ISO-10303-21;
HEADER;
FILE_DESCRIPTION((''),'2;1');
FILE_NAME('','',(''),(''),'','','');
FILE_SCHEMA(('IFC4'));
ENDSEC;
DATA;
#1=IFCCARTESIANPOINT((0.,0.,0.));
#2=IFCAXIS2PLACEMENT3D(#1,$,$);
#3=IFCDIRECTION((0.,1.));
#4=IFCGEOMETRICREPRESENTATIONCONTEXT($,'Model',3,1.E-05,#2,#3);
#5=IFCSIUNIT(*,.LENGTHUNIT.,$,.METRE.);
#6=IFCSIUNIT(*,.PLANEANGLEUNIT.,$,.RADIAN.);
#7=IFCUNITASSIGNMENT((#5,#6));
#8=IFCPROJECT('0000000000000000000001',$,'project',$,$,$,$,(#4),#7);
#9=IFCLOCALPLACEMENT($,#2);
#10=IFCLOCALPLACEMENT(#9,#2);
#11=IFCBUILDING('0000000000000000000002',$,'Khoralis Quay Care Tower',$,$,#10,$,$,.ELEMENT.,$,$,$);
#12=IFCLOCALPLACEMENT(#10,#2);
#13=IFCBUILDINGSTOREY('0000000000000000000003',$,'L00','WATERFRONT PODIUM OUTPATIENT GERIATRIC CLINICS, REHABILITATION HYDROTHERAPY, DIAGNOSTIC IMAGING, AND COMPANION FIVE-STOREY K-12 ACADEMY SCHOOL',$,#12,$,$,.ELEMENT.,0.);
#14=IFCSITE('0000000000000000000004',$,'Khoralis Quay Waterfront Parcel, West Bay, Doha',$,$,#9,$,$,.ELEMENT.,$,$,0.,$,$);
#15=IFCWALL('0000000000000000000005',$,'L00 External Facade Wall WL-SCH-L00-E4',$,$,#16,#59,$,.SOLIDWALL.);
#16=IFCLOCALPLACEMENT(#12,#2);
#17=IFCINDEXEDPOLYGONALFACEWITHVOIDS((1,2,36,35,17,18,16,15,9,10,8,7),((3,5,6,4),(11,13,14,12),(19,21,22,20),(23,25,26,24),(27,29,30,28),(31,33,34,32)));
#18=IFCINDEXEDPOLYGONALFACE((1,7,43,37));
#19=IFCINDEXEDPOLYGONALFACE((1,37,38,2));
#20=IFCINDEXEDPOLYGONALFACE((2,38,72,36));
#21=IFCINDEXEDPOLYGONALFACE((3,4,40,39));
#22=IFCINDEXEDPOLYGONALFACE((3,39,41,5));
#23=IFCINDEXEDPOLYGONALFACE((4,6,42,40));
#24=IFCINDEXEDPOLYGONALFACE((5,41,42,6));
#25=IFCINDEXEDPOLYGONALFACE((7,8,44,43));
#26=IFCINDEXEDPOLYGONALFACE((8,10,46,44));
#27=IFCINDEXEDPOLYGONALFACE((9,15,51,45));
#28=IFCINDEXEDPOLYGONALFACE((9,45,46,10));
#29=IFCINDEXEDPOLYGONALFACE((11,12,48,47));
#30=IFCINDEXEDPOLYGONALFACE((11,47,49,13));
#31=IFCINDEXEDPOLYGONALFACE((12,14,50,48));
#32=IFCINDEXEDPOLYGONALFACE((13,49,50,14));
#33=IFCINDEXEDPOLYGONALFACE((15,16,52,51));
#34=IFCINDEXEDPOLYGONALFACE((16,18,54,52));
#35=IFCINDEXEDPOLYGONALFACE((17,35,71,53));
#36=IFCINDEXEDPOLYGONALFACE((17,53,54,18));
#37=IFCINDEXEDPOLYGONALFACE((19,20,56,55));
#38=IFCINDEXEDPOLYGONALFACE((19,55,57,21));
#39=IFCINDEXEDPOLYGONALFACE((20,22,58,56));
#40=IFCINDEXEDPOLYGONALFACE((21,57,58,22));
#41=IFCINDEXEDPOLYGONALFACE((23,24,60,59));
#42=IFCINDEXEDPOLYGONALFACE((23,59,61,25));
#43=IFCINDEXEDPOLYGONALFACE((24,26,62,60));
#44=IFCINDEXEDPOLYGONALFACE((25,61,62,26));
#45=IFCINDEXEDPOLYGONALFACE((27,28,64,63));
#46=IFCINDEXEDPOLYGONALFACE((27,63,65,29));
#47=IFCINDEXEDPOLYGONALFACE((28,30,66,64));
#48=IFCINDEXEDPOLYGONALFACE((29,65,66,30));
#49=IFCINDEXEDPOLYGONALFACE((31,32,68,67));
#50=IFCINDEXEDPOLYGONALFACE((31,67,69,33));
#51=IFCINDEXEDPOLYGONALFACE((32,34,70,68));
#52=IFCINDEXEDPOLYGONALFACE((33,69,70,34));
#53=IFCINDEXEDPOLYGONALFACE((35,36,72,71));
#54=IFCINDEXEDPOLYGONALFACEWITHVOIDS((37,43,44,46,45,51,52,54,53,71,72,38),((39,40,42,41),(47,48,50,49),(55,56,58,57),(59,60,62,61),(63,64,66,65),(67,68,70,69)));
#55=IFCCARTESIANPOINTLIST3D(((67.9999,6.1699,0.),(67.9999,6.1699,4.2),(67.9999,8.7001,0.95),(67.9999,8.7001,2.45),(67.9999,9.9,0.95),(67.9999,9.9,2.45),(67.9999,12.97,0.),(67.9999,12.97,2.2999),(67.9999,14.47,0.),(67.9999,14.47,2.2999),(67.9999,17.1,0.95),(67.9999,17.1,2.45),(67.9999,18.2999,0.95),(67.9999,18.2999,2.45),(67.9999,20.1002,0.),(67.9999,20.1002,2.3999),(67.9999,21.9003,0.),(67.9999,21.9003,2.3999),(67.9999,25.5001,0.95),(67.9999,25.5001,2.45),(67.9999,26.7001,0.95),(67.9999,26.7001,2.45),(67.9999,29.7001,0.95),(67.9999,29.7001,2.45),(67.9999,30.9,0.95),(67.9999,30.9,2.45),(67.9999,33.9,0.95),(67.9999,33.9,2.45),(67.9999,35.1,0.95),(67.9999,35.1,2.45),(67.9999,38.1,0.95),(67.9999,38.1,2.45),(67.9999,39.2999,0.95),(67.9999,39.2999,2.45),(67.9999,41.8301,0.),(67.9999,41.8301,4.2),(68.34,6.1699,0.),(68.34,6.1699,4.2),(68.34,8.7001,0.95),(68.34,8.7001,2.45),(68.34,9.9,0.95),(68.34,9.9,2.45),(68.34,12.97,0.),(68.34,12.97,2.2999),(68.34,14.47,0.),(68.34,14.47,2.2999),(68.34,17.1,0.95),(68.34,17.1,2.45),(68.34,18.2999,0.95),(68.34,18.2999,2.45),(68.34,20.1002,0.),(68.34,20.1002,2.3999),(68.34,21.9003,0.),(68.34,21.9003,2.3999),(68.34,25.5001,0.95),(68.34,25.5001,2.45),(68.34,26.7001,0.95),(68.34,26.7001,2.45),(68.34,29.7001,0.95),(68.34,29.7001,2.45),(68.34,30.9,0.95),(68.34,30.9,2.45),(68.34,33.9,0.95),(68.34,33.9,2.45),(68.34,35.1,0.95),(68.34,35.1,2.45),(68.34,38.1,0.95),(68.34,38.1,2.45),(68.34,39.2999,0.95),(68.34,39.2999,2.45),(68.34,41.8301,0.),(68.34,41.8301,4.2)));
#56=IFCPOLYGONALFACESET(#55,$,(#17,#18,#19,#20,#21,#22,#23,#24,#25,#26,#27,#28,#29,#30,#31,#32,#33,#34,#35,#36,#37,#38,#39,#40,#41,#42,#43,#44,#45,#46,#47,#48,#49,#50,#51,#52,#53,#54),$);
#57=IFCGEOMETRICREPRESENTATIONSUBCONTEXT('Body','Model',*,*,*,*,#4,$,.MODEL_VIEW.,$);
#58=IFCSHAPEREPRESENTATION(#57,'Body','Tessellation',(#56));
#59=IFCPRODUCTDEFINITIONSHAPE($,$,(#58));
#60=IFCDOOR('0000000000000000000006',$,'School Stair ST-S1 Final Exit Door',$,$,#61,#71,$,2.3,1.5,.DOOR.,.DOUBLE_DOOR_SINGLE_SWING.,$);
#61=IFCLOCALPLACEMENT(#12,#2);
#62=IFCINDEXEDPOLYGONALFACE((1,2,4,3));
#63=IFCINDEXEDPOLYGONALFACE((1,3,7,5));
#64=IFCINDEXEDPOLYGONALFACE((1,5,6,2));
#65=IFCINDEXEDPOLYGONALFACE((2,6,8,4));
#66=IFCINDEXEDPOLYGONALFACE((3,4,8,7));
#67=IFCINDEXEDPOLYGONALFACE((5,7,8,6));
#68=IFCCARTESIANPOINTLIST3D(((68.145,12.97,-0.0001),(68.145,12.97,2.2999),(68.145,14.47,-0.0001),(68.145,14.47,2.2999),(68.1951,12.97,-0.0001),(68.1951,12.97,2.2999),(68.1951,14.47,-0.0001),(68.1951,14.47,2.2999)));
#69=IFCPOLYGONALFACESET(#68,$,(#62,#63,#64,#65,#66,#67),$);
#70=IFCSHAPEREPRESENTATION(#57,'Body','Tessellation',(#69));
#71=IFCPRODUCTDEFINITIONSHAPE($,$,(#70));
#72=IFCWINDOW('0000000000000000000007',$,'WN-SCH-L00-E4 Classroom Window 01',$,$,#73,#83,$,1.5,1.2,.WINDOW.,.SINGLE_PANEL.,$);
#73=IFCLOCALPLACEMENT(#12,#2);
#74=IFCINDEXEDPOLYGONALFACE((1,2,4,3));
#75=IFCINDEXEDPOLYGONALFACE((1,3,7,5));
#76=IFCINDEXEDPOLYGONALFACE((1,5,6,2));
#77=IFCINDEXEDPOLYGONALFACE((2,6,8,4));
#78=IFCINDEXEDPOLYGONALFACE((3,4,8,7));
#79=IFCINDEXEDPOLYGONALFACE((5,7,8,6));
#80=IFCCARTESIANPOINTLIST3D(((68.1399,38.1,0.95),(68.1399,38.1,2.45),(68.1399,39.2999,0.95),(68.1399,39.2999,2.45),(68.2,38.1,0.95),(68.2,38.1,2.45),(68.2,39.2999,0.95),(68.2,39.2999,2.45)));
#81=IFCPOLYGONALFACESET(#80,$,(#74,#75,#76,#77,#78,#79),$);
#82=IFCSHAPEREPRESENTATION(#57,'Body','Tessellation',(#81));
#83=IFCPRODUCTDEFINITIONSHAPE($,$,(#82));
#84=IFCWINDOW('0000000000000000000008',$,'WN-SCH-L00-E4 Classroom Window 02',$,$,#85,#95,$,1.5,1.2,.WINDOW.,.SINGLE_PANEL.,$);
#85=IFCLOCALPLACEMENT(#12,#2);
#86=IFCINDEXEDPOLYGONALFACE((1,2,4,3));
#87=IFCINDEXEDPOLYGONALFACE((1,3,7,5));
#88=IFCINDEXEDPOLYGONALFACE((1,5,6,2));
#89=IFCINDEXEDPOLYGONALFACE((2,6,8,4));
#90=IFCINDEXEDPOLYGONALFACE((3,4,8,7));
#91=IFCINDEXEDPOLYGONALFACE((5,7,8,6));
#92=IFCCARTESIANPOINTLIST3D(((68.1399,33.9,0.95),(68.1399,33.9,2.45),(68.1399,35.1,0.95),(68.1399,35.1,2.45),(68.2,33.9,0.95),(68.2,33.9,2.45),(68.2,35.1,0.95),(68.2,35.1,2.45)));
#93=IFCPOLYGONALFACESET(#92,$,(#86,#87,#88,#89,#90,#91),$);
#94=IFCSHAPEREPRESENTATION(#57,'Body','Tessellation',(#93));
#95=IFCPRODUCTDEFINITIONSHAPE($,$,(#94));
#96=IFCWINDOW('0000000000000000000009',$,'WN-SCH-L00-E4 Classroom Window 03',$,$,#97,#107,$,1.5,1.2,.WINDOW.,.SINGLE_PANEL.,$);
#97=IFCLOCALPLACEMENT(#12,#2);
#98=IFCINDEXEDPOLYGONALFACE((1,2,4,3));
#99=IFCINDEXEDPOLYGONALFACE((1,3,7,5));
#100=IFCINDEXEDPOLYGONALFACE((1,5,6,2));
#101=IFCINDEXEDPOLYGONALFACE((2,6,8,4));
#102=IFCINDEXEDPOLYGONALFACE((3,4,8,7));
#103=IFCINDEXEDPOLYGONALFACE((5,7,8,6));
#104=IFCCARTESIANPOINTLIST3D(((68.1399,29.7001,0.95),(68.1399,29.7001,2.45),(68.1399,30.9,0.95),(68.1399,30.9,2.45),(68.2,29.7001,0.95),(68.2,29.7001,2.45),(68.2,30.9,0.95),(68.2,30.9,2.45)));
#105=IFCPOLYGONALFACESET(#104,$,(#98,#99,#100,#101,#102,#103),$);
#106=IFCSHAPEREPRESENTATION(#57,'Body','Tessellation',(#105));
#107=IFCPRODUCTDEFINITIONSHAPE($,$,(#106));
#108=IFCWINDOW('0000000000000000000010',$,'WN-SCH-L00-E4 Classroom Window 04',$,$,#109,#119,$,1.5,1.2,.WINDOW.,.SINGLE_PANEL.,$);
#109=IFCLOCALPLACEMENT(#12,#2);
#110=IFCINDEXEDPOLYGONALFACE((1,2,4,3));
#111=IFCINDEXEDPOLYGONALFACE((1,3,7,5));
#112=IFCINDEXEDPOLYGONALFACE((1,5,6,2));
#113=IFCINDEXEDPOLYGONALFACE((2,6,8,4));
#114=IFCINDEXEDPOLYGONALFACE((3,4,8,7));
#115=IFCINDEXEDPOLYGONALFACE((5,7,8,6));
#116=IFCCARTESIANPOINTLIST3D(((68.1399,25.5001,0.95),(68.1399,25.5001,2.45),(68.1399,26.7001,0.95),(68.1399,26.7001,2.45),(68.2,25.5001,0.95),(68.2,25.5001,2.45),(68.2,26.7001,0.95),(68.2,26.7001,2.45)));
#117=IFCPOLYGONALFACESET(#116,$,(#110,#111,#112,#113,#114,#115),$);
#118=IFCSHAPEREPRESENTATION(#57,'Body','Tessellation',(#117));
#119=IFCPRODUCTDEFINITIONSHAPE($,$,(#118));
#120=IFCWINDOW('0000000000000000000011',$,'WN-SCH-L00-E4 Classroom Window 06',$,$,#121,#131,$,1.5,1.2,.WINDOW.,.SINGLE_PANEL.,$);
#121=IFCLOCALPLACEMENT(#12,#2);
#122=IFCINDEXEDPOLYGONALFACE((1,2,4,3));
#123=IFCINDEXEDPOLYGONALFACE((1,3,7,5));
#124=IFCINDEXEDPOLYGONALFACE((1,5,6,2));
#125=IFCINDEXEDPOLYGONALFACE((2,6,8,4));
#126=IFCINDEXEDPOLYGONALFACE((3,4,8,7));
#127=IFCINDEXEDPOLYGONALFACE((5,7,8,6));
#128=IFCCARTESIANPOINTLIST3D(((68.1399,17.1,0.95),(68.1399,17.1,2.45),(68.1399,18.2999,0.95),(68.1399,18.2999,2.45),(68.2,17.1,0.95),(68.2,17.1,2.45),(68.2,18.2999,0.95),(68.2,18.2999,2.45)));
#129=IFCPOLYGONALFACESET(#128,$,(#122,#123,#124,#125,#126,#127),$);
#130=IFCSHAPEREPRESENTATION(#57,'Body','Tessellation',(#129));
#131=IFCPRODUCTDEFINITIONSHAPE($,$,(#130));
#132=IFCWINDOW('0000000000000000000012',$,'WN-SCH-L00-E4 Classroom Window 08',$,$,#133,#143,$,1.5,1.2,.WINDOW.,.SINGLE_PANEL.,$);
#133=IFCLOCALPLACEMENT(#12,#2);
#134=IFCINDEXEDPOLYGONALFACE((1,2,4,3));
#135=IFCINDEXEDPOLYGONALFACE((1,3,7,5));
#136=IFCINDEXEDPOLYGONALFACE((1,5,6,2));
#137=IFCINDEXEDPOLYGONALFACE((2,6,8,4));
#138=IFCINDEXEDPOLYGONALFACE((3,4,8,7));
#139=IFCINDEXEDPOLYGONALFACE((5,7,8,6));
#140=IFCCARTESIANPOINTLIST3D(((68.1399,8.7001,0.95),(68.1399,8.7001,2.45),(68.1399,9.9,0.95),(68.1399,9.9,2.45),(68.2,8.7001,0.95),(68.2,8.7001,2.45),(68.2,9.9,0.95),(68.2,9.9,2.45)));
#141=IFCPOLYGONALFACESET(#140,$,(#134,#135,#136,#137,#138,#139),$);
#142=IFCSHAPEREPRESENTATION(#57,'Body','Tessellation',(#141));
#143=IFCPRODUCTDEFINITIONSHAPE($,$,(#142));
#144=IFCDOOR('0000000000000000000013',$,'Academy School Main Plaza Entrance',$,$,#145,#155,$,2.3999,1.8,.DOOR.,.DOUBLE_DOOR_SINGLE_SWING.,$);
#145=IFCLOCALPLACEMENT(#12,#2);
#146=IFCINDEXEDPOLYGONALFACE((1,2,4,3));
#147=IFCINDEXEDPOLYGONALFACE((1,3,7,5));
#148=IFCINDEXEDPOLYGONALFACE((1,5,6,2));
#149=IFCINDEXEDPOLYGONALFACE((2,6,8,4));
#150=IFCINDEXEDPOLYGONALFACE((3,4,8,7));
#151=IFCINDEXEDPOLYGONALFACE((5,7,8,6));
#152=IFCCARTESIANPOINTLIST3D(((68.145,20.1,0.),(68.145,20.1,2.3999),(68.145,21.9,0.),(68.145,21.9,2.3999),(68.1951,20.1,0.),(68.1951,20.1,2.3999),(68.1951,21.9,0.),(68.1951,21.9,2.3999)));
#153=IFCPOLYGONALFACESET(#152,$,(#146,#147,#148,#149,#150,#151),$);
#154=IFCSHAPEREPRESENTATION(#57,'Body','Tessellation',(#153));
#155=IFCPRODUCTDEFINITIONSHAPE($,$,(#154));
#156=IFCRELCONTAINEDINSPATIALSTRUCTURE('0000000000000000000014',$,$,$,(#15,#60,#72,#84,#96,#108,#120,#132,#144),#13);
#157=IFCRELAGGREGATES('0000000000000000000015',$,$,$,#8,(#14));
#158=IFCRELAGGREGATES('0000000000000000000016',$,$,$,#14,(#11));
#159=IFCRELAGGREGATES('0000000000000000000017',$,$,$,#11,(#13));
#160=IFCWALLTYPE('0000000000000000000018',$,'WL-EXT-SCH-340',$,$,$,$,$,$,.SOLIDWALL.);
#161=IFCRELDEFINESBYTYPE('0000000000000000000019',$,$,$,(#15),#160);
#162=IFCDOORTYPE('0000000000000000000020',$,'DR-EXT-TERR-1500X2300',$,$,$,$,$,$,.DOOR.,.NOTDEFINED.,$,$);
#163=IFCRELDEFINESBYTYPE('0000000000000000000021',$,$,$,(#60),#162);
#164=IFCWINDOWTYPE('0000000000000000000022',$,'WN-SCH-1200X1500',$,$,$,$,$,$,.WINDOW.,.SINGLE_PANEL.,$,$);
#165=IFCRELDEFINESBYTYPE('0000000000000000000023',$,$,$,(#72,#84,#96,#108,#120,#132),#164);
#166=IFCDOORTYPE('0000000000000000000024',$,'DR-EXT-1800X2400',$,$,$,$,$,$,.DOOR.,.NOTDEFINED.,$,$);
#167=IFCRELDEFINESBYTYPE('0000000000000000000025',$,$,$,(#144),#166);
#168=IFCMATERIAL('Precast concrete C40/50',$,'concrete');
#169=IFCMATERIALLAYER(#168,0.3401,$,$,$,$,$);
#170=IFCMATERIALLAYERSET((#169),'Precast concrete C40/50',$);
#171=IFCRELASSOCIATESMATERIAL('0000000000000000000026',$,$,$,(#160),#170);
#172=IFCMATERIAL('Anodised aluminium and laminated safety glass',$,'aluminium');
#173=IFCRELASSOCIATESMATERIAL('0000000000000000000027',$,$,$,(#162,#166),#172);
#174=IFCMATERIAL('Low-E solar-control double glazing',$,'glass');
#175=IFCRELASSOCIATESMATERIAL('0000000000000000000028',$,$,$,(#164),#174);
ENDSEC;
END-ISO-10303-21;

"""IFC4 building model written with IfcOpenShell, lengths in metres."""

from ifc_helpers import new_model, si_unit, direction, frame, frame_2d, origin, place, context, subcontext, project, spatial, rectangle, extrude, source, transform, mapped, material, layer, layer_set, type_object, element, fill, save


model = new_model("IFC4")

# Units and contexts
model_context = context("Model", 3, precision=1e-05, world=origin(), true_north=direction((0.0, 1.0)))
body_context = subcontext(model_context, "Body", "Model", "MODEL_VIEW")
ifc_project = project(units=[si_unit("LENGTHUNIT", "METRE"), si_unit("PLANEANGLEUNIT", "RADIAN")], contexts=[model_context])

# Site, building, storey
site_placement = place(None, origin())
site = spatial("IfcSite", under=ifc_project, at=site_placement, Name="Khoralis Quay Waterfront Parcel, West Bay, Doha", CompositionType="ELEMENT", RefElevation=0.0)
building_placement = place(site_placement, origin())
building = spatial("IfcBuilding", under=site, at=building_placement, Name="Khoralis Quay Care Tower", CompositionType="ELEMENT")
storey_placement = place(building_placement, origin())
storey = spatial("IfcBuildingStorey", under=building, at=storey_placement, Name="L00", Description="WATERFRONT PODIUM OUTPATIENT GERIATRIC CLINICS, REHABILITATION HYDROTHERAPY, DIAGNOSTIC IMAGING, AND COMPANION FIVE-STOREY K-12 ACADEMY SCHOOL", CompositionType="ELEMENT", Elevation=0.0)

# Shared definitions
ifc_material_1 = material(Name="Low-E solar-control double glazing", Category="glass")

# Wall, openings, doors, windows
ifc_material_2 = material(Name="Precast concrete C40/50", Category="concrete")
ifc_layer_1 = layer(ifc_material_2, 0.3401)
ifc_layer_set_1 = layer_set([ifc_layer_1], Name="Precast concrete C40/50")
wall_type_1 = type_object("IfcWallType", Name="WL-EXT-SCH-340", PredefinedType="SOLIDWALL", material=ifc_layer_set_1)
wall_1_placement = place(storey_placement, frame((68.1699, 41.8301, 0.0), z_axis=(0.0, 0.0, 1.0), x_axis=(0.0, -1.0, 0.0)))
wall_1 = element("IfcWall", 1, at=wall_1_placement, inside=storey, type_object=wall_type_1, Name="L00 External Facade Wall WL-SCH-L00-E4", PredefinedType="SOLIDWALL", context=body_context, shape_type="SweptSolid", body=[
    extrude(rectangle(XDim=35.6602, YDim=0.3401, at=frame_2d((17.8301, 0.0))), origin(), (0.0, 0.0, 1.0), 4.2),
])
opening_1_placement = place(wall_1_placement, frame((2.53, 0.0, 0.95)))
opening_1 = element("IfcOpeningElement", 2, at=opening_1_placement, cuts=wall_1, PredefinedType="OPENING", context=body_context, shape_type="SweptSolid", body=[
    extrude(rectangle(XDim=1.2, YDim=1.5, at=frame_2d((0.6001, 0.75))), frame((0.0, 0.1802, 0.0), z_axis=(0.0, -1.0, 0.0), x_axis=(1.0, 0.0, 0.0)), (0.0, 0.0, 1.0), 0.3601),
])
opening_2_placement = place(wall_1_placement, frame((6.73, 0.0, 0.95)))
opening_2 = element("IfcOpeningElement", 3, at=opening_2_placement, cuts=wall_1, PredefinedType="OPENING", context=body_context, shape_type="SweptSolid", body=[
    extrude(rectangle(XDim=1.2, YDim=1.5, at=frame_2d((0.6001, 0.75))), frame((0.0, 0.1802, 0.0), z_axis=(0.0, -1.0, 0.0), x_axis=(1.0, 0.0, 0.0)), (0.0, 0.0, 1.0), 0.3601),
])
opening_3_placement = place(wall_1_placement, frame((10.9299, 0.0, 0.95)))
opening_3 = element("IfcOpeningElement", 4, at=opening_3_placement, cuts=wall_1, PredefinedType="OPENING", context=body_context, shape_type="SweptSolid", body=[
    extrude(rectangle(XDim=1.2, YDim=1.5, at=frame_2d((0.6001, 0.75))), frame((0.0, 0.1802, 0.0), z_axis=(0.0, -1.0, 0.0), x_axis=(1.0, 0.0, 0.0)), (0.0, 0.0, 1.0), 0.3601),
])
opening_4_placement = place(wall_1_placement, frame((15.1299, 0.0, 0.95)))
opening_4 = element("IfcOpeningElement", 5, at=opening_4_placement, cuts=wall_1, PredefinedType="OPENING", context=body_context, shape_type="SweptSolid", body=[
    extrude(rectangle(XDim=1.2, YDim=1.5, at=frame_2d((0.6001, 0.75))), frame((0.0, 0.1802, 0.0), z_axis=(0.0, -1.0, 0.0), x_axis=(1.0, 0.0, 0.0)), (0.0, 0.0, 1.0), 0.3601),
])
opening_5_placement = place(wall_1_placement, frame((23.53, 0.0, 0.95)))
opening_5 = element("IfcOpeningElement", 6, at=opening_5_placement, cuts=wall_1, PredefinedType="OPENING", context=body_context, shape_type="SweptSolid", body=[
    extrude(rectangle(XDim=1.2, YDim=1.5, at=frame_2d((0.6001, 0.75))), frame((0.0, 0.1802, 0.0), z_axis=(0.0, -1.0, 0.0), x_axis=(1.0, 0.0, 0.0)), (0.0, 0.0, 1.0), 0.3601),
])
opening_6_placement = place(wall_1_placement, frame((31.9299, 0.0, 0.95)))
opening_6 = element("IfcOpeningElement", 7, at=opening_6_placement, cuts=wall_1, PredefinedType="OPENING", context=body_context, shape_type="SweptSolid", body=[
    extrude(rectangle(XDim=1.2, YDim=1.5, at=frame_2d((0.6001, 0.75))), frame((0.0, 0.1802, 0.0), z_axis=(0.0, -1.0, 0.0), x_axis=(1.0, 0.0, 0.0)), (0.0, 0.0, 1.0), 0.3601),
])
opening_7_placement = place(wall_1_placement, frame((19.9299, 0.0, 0.0)))
opening_7 = element("IfcOpeningElement", 8, at=opening_7_placement, cuts=wall_1, PredefinedType="OPENING", context=body_context, shape_type="SweptSolid", body=[
    extrude(rectangle(XDim=1.8, YDim=2.3999, at=frame_2d((0.8999, 1.2))), frame((0.0, 0.1802, 0.0), z_axis=(0.0, -1.0, 0.0), x_axis=(1.0, 0.0, 0.0)), (0.0, 0.0, 1.0), 0.3601),
])
opening_8_placement = place(wall_1_placement, frame((27.3601, 0.0, 0.0)))
opening_8 = element("IfcOpeningElement", 9, at=opening_8_placement, cuts=wall_1, PredefinedType="OPENING", context=body_context, shape_type="SweptSolid", body=[
    extrude(rectangle(XDim=1.5, YDim=2.3, at=frame_2d((0.75, 1.1499))), frame((0.0, 0.1802, 0.0), z_axis=(0.0, -1.0, 0.0), x_axis=(1.0, 0.0, 0.0)), (0.0, 0.0, 1.0), 0.3601),
])
ifc_material_3 = material(Name="Anodised aluminium and laminated safety glass", Category="aluminium")
door_type_1 = type_object("IfcDoorType", Name="DR-EXT-TERR-1500X2300", OperationType="NOTDEFINED", PredefinedType="DOOR", material=ifc_material_3)
shared_shape_1 = source(origin(), body_context, "Body", "SweptSolid", [
    extrude(rectangle(XDim=1.5, YDim=2.3, at=frame_2d((0.75, 1.1499))), frame((0.0, 0.0249, 0.0), z_axis=(0.0, -1.0, 0.0), x_axis=(1.0, 0.0, 0.0)), (0.0, 0.0, 1.0), 0.05),
])
door_1_placement = place(opening_8_placement, frame((1.5, 0.0, 0.0), z_axis=(0.0, 0.0, 1.0), x_axis=(-1.0, 0.0, 0.0)))
door_1 = element("IfcDoor", 10, at=door_1_placement, inside=storey, type_object=door_type_1, Name="School Stair ST-S1 Final Exit Door", OperationType="DOUBLE_DOOR_SINGLE_SWING", OverallHeight=2.3, OverallWidth=1.5, PredefinedType="DOOR", context=body_context, shape_type="MappedRepresentation", body=[
    mapped(shared_shape_1, transform((0.0, 0.0, 0.0), scale=1.0)),
])
fill(opening_8, door_1)
window_type_1 = type_object("IfcWindowType", Name="WN-SCH-1200X1500", PartitioningType="SINGLE_PANEL", PredefinedType="WINDOW", material=ifc_material_1)
shared_shape_2 = source(origin(), body_context, "Body", "SweptSolid", [
    extrude(rectangle(XDim=1.2, YDim=1.5, at=frame_2d((0.6001, 0.75))), frame((0.0, 0.03, 0.0), z_axis=(0.0, -1.0, 0.0), x_axis=(1.0, 0.0, 0.0)), (0.0, 0.0, 1.0), 0.0601),
])
window_1_placement = place(opening_1_placement, origin())
window_1 = element("IfcWindow", 11, at=window_1_placement, inside=storey, type_object=window_type_1, Name="WN-SCH-L00-E4 Classroom Window 01", OverallHeight=1.5, OverallWidth=1.2, PartitioningType="SINGLE_PANEL", PredefinedType="WINDOW", context=body_context, shape_type="MappedRepresentation", body=[
    mapped(shared_shape_2, transform((0.0, 0.0, 0.0), scale=1.0)),
])
fill(opening_1, window_1)
window_2_placement = place(opening_2_placement, origin())
window_2 = element("IfcWindow", 12, at=window_2_placement, inside=storey, type_object=window_type_1, Name="WN-SCH-L00-E4 Classroom Window 02", OverallHeight=1.5, OverallWidth=1.2, PartitioningType="SINGLE_PANEL", PredefinedType="WINDOW", context=body_context, shape_type="MappedRepresentation", body=[
    mapped(shared_shape_2, transform((0.0, 0.0, 0.0), scale=1.0)),
])
fill(opening_2, window_2)
window_3_placement = place(opening_3_placement, origin())
window_3 = element("IfcWindow", 13, at=window_3_placement, inside=storey, type_object=window_type_1, Name="WN-SCH-L00-E4 Classroom Window 03", OverallHeight=1.5, OverallWidth=1.2, PartitioningType="SINGLE_PANEL", PredefinedType="WINDOW", context=body_context, shape_type="MappedRepresentation", body=[
    mapped(shared_shape_2, transform((0.0, 0.0, 0.0), scale=1.0)),
])
fill(opening_3, window_3)
window_4_placement = place(opening_4_placement, origin())
window_4 = element("IfcWindow", 14, at=window_4_placement, inside=storey, type_object=window_type_1, Name="WN-SCH-L00-E4 Classroom Window 04", OverallHeight=1.5, OverallWidth=1.2, PartitioningType="SINGLE_PANEL", PredefinedType="WINDOW", context=body_context, shape_type="MappedRepresentation", body=[
    mapped(shared_shape_2, transform((0.0, 0.0, 0.0), scale=1.0)),
])
fill(opening_4, window_4)
window_5_placement = place(opening_5_placement, origin())
window_5 = element("IfcWindow", 15, at=window_5_placement, inside=storey, type_object=window_type_1, Name="WN-SCH-L00-E4 Classroom Window 06", OverallHeight=1.5, OverallWidth=1.2, PartitioningType="SINGLE_PANEL", PredefinedType="WINDOW", context=body_context, shape_type="MappedRepresentation", body=[
    mapped(shared_shape_2, transform((0.0, 0.0, 0.0), scale=1.0)),
])
fill(opening_5, window_5)
window_6_placement = place(opening_6_placement, origin())
window_6 = element("IfcWindow", 16, at=window_6_placement, inside=storey, type_object=window_type_1, Name="WN-SCH-L00-E4 Classroom Window 08", OverallHeight=1.5, OverallWidth=1.2, PartitioningType="SINGLE_PANEL", PredefinedType="WINDOW", context=body_context, shape_type="MappedRepresentation", body=[
    mapped(shared_shape_2, transform((0.0, 0.0, 0.0), scale=1.0)),
])
fill(opening_6, window_6)
door_type_2 = type_object("IfcDoorType", Name="DR-EXT-1800X2400", OperationType="NOTDEFINED", PredefinedType="DOOR", material=ifc_material_3)
shared_shape_3 = source(origin(), body_context, "Body", "SweptSolid", [
    extrude(rectangle(XDim=1.8, YDim=2.3999, at=frame_2d((0.8999, 1.2))), frame((0.0, 0.0249, 0.0), z_axis=(0.0, -1.0, 0.0), x_axis=(1.0, 0.0, 0.0)), (0.0, 0.0, 1.0), 0.05),
])
door_2_placement = place(opening_7_placement, frame((1.8, 0.0, 0.0), z_axis=(0.0, 0.0, 1.0), x_axis=(-1.0, 0.0, 0.0)))
door_2 = element("IfcDoor", 17, at=door_2_placement, inside=storey, type_object=door_type_2, Name="Academy School Main Plaza Entrance", OperationType="DOUBLE_DOOR_SINGLE_SWING", OverallHeight=2.3999, OverallWidth=1.8, PredefinedType="DOOR", context=body_context, shape_type="MappedRepresentation", body=[
    mapped(shared_shape_3, transform((0.0, 0.0, 0.0), scale=1.0)),
])
fill(opening_7, door_2)

save(model, "model.ifc")
